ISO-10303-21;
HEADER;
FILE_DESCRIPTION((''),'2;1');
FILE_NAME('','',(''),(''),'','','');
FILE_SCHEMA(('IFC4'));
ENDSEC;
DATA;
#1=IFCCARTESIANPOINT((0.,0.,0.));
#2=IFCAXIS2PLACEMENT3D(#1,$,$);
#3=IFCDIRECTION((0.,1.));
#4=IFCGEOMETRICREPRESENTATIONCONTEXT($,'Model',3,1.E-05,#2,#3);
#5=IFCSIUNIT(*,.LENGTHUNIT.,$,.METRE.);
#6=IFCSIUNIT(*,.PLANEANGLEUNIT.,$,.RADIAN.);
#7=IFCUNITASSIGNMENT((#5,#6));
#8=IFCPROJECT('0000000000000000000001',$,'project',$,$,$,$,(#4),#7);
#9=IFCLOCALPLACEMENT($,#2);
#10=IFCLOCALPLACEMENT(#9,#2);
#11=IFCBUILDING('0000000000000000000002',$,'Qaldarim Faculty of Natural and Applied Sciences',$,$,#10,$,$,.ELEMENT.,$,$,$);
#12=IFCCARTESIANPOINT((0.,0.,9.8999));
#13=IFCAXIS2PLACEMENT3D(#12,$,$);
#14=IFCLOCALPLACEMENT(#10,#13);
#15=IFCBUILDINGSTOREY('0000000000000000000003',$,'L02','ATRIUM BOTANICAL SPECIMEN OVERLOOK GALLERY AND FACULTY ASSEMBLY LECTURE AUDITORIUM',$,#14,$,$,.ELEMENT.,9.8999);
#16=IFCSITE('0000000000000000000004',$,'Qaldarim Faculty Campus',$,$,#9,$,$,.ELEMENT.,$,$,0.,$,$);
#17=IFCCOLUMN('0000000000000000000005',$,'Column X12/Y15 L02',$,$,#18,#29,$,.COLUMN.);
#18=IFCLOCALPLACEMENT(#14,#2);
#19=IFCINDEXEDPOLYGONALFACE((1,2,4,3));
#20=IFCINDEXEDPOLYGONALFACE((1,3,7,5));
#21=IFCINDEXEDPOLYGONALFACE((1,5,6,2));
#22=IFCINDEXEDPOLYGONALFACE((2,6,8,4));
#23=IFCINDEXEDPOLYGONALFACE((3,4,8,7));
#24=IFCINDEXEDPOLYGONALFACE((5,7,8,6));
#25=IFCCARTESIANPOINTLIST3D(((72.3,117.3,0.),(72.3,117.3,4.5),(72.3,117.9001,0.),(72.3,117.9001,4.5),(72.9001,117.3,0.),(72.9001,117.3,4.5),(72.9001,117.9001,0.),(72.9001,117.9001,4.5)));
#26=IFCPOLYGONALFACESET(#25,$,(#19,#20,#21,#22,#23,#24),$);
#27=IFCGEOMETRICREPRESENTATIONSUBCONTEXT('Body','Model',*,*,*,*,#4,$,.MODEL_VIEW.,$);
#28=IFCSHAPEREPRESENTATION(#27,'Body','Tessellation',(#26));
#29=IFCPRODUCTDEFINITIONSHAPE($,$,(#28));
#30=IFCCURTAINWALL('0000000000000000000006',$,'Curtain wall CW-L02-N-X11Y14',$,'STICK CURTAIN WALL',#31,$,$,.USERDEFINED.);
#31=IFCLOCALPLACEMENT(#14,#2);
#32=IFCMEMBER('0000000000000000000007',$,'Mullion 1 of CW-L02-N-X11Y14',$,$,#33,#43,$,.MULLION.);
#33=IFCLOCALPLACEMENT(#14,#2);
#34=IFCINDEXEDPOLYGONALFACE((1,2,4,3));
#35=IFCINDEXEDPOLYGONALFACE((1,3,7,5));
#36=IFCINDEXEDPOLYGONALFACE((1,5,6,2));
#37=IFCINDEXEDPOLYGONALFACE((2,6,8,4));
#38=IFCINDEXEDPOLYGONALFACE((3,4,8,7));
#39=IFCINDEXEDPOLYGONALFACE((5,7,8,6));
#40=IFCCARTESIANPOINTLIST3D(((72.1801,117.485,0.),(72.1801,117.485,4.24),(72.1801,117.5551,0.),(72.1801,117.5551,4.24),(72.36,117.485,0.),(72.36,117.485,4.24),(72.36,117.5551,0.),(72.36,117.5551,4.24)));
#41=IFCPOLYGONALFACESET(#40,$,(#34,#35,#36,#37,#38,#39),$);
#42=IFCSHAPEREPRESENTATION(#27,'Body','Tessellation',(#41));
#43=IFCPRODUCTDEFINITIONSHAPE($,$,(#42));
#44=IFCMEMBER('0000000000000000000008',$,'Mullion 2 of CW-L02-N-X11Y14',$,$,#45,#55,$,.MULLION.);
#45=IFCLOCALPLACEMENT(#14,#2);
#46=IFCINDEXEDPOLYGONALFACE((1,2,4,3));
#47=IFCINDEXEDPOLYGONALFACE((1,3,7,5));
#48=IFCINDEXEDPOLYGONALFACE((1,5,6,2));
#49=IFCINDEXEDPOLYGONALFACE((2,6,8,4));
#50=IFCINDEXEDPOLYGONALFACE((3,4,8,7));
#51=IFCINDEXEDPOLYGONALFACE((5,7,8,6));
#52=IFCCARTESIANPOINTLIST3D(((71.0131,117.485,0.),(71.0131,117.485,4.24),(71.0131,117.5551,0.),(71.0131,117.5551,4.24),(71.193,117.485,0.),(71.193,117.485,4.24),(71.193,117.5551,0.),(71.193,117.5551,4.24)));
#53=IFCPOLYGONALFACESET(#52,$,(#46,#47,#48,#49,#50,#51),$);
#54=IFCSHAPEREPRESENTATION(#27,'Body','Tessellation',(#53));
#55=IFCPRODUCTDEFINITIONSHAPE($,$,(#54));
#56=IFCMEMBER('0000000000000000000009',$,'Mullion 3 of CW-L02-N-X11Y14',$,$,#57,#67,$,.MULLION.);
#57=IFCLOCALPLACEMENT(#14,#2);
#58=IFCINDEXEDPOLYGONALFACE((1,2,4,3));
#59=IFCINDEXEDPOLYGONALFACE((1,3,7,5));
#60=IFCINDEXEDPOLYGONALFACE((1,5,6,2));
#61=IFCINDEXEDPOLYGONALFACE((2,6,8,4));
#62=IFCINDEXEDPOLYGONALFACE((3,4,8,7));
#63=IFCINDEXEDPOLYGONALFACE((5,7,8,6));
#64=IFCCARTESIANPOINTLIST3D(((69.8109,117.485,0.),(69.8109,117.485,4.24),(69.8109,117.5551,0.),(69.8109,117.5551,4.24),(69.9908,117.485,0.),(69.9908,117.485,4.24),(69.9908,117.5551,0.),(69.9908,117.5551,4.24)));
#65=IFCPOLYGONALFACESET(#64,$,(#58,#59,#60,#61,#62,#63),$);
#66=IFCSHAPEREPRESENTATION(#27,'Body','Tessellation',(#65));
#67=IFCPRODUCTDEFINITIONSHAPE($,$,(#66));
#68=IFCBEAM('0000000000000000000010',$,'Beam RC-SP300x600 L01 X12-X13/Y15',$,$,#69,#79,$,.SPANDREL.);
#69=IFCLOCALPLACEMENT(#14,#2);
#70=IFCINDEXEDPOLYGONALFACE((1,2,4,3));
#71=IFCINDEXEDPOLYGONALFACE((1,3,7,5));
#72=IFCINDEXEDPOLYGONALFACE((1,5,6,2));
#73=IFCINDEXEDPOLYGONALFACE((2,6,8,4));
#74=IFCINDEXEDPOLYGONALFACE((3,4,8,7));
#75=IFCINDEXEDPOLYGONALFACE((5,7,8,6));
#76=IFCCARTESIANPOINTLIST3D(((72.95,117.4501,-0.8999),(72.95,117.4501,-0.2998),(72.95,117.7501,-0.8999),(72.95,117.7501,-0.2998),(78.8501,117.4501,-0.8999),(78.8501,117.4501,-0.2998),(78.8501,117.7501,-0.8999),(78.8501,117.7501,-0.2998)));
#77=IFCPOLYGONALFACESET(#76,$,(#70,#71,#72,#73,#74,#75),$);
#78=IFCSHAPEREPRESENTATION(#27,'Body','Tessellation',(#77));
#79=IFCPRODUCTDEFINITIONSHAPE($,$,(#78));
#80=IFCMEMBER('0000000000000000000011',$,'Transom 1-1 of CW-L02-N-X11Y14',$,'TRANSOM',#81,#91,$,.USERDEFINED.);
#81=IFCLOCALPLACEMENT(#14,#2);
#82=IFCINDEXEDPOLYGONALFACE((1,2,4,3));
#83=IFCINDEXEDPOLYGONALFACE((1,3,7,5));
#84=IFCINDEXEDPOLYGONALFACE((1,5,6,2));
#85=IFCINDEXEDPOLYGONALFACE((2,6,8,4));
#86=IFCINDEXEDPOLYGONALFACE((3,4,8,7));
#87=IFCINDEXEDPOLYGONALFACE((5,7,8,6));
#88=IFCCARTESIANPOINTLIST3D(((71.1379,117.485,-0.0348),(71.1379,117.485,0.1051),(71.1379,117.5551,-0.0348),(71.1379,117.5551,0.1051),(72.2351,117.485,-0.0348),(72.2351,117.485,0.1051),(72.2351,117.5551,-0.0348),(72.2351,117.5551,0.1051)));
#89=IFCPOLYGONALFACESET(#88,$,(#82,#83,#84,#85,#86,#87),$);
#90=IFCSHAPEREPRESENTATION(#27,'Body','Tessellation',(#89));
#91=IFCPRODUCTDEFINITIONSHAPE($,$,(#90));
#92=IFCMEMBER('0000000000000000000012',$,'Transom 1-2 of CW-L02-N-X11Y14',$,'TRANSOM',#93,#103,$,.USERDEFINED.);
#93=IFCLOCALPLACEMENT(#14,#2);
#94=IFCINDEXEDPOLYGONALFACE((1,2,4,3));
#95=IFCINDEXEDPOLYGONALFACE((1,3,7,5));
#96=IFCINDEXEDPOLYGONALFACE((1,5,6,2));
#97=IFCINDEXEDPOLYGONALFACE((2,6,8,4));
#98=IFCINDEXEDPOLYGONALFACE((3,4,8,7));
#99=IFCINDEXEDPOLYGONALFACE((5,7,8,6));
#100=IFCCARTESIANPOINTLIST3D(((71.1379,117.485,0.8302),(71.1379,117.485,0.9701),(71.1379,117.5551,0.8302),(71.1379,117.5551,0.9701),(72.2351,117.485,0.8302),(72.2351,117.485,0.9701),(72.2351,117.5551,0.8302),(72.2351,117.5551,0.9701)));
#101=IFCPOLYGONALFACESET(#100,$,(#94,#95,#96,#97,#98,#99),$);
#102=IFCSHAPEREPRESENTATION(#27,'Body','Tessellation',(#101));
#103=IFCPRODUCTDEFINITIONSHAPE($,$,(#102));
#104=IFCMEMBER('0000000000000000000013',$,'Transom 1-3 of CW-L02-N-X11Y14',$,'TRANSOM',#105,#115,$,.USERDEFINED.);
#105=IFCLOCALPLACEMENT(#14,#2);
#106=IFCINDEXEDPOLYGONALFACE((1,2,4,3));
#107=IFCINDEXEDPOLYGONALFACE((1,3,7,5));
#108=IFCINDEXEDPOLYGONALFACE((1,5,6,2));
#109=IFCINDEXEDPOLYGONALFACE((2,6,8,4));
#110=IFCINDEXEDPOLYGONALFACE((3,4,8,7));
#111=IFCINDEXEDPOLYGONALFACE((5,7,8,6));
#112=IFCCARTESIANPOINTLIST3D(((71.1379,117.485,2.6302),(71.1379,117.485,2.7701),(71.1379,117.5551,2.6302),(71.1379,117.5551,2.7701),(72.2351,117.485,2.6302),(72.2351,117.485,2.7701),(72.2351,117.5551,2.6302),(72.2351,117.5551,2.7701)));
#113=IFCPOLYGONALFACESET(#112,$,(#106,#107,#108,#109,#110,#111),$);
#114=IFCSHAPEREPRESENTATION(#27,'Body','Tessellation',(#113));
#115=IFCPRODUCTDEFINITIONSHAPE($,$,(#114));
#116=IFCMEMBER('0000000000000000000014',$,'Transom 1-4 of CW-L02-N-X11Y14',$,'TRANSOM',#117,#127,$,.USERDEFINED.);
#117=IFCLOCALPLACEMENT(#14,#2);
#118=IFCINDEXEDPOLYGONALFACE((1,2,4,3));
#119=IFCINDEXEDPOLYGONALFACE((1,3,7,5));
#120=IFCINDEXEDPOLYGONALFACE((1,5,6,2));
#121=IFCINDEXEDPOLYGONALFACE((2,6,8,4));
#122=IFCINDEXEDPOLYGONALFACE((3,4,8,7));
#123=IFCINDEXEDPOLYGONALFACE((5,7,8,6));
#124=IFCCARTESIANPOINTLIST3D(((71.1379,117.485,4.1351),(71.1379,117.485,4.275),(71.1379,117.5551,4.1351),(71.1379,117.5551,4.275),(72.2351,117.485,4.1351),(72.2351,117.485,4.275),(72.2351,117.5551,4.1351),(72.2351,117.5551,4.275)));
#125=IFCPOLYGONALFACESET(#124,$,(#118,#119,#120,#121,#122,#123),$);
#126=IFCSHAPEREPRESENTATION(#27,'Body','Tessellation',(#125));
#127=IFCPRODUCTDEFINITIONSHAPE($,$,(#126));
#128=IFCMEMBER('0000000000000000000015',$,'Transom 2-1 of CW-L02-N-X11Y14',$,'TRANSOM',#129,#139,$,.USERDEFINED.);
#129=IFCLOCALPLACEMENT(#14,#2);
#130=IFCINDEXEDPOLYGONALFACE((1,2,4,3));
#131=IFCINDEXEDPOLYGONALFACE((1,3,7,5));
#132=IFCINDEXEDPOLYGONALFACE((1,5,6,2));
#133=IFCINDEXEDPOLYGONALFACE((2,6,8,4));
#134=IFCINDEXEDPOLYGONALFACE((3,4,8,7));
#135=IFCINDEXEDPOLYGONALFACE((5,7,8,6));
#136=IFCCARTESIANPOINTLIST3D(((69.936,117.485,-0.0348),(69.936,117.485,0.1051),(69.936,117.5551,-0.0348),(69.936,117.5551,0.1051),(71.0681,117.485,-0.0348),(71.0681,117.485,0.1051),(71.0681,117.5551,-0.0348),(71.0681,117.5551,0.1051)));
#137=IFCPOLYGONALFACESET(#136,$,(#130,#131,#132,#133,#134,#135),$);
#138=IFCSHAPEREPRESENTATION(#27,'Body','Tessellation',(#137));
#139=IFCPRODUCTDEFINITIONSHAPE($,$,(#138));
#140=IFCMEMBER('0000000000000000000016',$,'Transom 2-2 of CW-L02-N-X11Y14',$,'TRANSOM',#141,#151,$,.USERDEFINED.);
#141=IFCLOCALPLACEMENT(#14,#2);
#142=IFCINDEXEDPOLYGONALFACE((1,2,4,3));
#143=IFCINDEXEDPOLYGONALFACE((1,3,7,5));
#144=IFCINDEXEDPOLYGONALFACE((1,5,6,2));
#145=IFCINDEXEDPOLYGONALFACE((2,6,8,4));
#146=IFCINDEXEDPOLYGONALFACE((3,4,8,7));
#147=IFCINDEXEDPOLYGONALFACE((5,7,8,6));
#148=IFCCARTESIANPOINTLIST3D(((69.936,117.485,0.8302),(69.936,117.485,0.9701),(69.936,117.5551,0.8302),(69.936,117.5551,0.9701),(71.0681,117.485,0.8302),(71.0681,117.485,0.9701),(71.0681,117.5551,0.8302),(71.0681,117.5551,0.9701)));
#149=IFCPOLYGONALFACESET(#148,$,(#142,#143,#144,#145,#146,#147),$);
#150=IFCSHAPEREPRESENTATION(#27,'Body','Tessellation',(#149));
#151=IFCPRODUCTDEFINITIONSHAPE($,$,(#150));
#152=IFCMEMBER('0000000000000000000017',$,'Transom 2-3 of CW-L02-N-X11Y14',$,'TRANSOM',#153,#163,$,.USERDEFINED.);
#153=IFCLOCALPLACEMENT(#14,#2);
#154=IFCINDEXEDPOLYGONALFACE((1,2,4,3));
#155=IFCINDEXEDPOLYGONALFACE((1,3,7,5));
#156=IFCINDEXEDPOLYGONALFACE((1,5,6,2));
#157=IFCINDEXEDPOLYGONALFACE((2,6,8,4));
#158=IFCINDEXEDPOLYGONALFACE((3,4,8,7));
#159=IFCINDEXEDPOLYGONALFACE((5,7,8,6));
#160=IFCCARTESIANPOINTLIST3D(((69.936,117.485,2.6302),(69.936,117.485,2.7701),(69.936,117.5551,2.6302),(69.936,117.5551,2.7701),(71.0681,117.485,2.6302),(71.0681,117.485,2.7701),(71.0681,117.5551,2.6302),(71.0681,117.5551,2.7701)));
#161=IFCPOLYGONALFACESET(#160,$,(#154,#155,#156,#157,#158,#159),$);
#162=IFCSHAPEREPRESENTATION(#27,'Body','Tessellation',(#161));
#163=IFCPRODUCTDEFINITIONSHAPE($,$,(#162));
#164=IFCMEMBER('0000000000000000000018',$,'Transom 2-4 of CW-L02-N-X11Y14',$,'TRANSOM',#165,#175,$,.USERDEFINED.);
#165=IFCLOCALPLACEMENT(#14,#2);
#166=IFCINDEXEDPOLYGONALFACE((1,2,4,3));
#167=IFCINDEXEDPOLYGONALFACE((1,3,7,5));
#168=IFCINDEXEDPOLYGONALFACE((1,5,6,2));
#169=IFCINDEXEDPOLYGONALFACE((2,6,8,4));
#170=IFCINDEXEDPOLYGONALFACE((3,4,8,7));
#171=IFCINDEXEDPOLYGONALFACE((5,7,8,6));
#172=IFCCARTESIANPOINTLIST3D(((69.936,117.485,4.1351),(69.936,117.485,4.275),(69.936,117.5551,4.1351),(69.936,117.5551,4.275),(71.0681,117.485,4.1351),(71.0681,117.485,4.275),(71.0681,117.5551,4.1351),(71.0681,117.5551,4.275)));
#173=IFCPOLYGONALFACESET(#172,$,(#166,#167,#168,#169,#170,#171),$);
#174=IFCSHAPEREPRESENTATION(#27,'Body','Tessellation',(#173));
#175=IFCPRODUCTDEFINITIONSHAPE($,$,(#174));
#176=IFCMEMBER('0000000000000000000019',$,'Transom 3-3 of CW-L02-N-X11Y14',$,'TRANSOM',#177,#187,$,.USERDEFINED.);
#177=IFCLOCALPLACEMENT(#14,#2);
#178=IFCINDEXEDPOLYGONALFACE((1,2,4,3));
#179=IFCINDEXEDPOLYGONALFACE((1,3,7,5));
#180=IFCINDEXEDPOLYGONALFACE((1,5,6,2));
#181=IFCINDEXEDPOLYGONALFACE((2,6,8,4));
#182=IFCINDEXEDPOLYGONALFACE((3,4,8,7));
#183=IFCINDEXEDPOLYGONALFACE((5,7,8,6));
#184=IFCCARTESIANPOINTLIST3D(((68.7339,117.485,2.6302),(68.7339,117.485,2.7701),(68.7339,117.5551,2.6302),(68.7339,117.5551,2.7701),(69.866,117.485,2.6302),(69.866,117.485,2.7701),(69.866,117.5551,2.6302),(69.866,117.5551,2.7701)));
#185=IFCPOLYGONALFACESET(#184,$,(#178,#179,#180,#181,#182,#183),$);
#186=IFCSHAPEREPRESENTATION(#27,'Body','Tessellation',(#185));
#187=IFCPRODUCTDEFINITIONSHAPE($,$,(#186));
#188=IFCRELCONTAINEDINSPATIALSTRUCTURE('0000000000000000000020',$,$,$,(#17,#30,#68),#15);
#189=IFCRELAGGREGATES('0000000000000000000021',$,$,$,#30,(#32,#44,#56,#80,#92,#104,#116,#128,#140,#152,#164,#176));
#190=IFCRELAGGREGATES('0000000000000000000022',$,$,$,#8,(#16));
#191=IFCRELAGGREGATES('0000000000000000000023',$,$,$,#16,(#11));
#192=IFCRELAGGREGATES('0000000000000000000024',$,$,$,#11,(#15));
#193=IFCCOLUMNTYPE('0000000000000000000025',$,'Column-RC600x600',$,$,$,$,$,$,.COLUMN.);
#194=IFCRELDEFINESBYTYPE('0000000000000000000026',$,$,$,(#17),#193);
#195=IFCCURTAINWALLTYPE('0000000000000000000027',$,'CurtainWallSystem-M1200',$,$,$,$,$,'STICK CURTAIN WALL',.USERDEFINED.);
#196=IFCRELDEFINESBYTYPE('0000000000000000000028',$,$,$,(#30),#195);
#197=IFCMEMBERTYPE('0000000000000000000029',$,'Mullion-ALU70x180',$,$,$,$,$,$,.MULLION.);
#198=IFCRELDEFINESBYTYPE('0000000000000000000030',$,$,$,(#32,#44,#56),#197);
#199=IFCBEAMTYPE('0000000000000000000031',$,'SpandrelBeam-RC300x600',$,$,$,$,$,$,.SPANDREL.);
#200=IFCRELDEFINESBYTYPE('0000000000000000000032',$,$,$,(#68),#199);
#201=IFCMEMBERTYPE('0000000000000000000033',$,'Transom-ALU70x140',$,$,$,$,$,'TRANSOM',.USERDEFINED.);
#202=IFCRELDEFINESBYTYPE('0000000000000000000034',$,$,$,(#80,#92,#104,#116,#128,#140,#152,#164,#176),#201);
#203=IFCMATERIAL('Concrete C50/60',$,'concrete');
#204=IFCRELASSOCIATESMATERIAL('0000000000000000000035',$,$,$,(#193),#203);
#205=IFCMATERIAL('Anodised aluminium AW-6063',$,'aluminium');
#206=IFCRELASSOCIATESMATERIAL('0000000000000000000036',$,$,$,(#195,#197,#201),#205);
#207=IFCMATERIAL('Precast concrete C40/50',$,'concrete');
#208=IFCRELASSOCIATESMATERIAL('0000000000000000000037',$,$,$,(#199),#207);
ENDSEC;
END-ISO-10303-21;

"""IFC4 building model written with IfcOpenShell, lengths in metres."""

from ifc_helpers import new_model, si_unit, direction, frame, origin, origin_2d, place, context, subcontext, project, spatial, rectangle, extrude, material, material_profile, profile_set, type_object, element, aggregate, save


model = new_model("IFC4")

# Units and contexts
model_context = context("Model", 3, precision=1e-05, world=origin(), true_north=direction((0.0, 1.0)))
body_context = subcontext(model_context, "Body", "Model", "MODEL_VIEW")
ifc_project = project(units=[si_unit("LENGTHUNIT", "METRE"), si_unit("PLANEANGLEUNIT", "RADIAN")], contexts=[model_context])

# Site, building, storey
site_placement = place(None, origin())
site = spatial("IfcSite", under=ifc_project, at=site_placement, Name="Qaldarim Faculty Campus", CompositionType="ELEMENT", RefElevation=0.0)
building_placement = place(site_placement, origin())
building = spatial("IfcBuilding", under=site, at=building_placement, Name="Qaldarim Faculty of Natural and Applied Sciences", CompositionType="ELEMENT")
storey_placement = place(building_placement, frame((0.0, 0.0, 9.8999)))
storey = spatial("IfcBuildingStorey", under=building, at=storey_placement, Name="L02", Description="ATRIUM BOTANICAL SPECIMEN OVERLOOK GALLERY AND FACULTY ASSEMBLY LECTURE AUDITORIUM", CompositionType="ELEMENT", Elevation=9.8999)

# Column
ifc_material_1 = material(Name="Concrete C50/60", Category="concrete")
ifc_material_profile_1 = material_profile(ifc_material_1, rectangle(XDim=0.6001, YDim=0.6001, at=origin_2d()), Name="RC-C600x600")
ifc_profile_set_1 = profile_set([ifc_material_profile_1], Name="Concrete C50/60")
column_type = type_object("IfcColumnType", Name="Column-RC600x600", PredefinedType="COLUMN", material=ifc_profile_set_1)
column_placement = place(storey_placement, frame((72.6001, 117.6001, 0.0), z_axis=(0.0, 0.0, 1.0), x_axis=(1.0, 0.0, 0.0)))
element("IfcColumn", 1, at=column_placement, inside=storey, type_object=column_type, Name="Column X12/Y15 L02", PredefinedType="COLUMN", context=body_context, shape_type="SweptSolid", body=[
    extrude(rectangle(XDim=0.6001, YDim=0.6001, at=origin_2d()), origin(), (0.0, 0.0, 1.0), 4.5),
])

# Curtain wall, members
ifc_material_2 = material(Name="Anodised aluminium AW-6063", Category="aluminium")
curtain_wall_type = type_object("IfcCurtainWallType", Name="CurtainWallSystem-M1200", ElementType="STICK CURTAIN WALL", PredefinedType="USERDEFINED", material=ifc_material_2)
curtain_wall_placement = place(storey_placement, origin())
curtain_wall = element("IfcCurtainWall", 2, at=curtain_wall_placement, inside=storey, type_object=curtain_wall_type, Name="Curtain wall CW-L02-N-X11Y14", ObjectType="STICK CURTAIN WALL", PredefinedType="USERDEFINED")
ifc_material_profile_2 = material_profile(ifc_material_2, rectangle(XDim=0.0701, YDim=0.1799, at=origin_2d()), Name="ALU-M70x180")
ifc_profile_set_2 = profile_set([ifc_material_profile_2], Name="Anodised aluminium AW-6063")
member_type_1 = type_object("IfcMemberType", Name="Mullion-ALU70x180", PredefinedType="MULLION", material=ifc_profile_set_2)
member_1_placement = place(storey_placement, frame((72.27, 117.52, 0.0), z_axis=(0.0, 0.0, 1.0), x_axis=(0.0, -1.0, 0.0)))
member_1 = element("IfcMember", 3, at=member_1_placement, type_object=member_type_1, Name="Mullion 1 of CW-L02-N-X11Y14", PredefinedType="MULLION", context=body_context, shape_type="SweptSolid", body=[
    extrude(rectangle(XDim=0.0701, YDim=0.1799, at=origin_2d()), origin(), (0.0, 0.0, 1.0), 4.24),
])
member_2_placement = place(storey_placement, frame((71.103, 117.52, 0.0), z_axis=(0.0, 0.0, 1.0), x_axis=(0.0, -1.0, 0.0)))
member_2 = element("IfcMember", 4, at=member_2_placement, type_object=member_type_1, Name="Mullion 2 of CW-L02-N-X11Y14", PredefinedType="MULLION", context=body_context, shape_type="SweptSolid", body=[
    extrude(rectangle(XDim=0.0701, YDim=0.1799, at=origin_2d()), origin(), (0.0, 0.0, 1.0), 4.24),
])
member_3_placement = place(storey_placement, frame((69.9009, 117.52, 0.0), z_axis=(0.0, 0.0, 1.0), x_axis=(0.0, -1.0, 0.0)))
member_3 = element("IfcMember", 5, at=member_3_placement, type_object=member_type_1, Name="Mullion 3 of CW-L02-N-X11Y14", PredefinedType="MULLION", context=body_context, shape_type="SweptSolid", body=[
    extrude(rectangle(XDim=0.0701, YDim=0.1799, at=origin_2d()), origin(), (0.0, 0.0, 1.0), 4.24),
])

# Beam
ifc_material_3 = material(Name="Precast concrete C40/50", Category="concrete")
ifc_material_profile_3 = material_profile(ifc_material_3, rectangle(XDim=0.3, YDim=0.6001, at=origin_2d()), Name="RC-SP300x600")
ifc_profile_set_3 = profile_set([ifc_material_profile_3], Name="Precast concrete C40/50")
beam_type = type_object("IfcBeamType", Name="SpandrelBeam-RC300x600", PredefinedType="SPANDREL", material=ifc_profile_set_3)
beam_placement = place(storey_placement, frame((72.95, 117.6001, -0.5999), z_axis=(1.0, 0.0, 0.0), x_axis=(0.0, 1.0, 0.0)))
element("IfcBeam", 6, at=beam_placement, inside=storey, type_object=beam_type, Name="Beam RC-SP300x600 L01 X12-X13/Y15", PredefinedType="SPANDREL", context=body_context, shape_type="SweptSolid", body=[
    extrude(rectangle(XDim=0.3, YDim=0.6001, at=origin_2d()), origin(), (0.0, 0.0, 1.0), 5.9001),
])

# Members
ifc_material_profile_4 = material_profile(ifc_material_2, rectangle(XDim=0.0701, YDim=0.1399, at=origin_2d()), Name="ALU-T70x140")
ifc_profile_set_4 = profile_set([ifc_material_profile_4], Name="Anodised aluminium AW-6063")
member_type_2 = type_object("IfcMemberType", Name="Transom-ALU70x140", ElementType="TRANSOM", PredefinedType="USERDEFINED", material=ifc_profile_set_4)
member_4_placement = place(storey_placement, frame((72.2351, 117.52, 0.0352), z_axis=(-1.0, 0.0, 0.0), x_axis=(0.0, -1.0, 0.0)))
member_4 = element("IfcMember", 7, at=member_4_placement, type_object=member_type_2, Name="Transom 1-1 of CW-L02-N-X11Y14", ObjectType="TRANSOM", PredefinedType="USERDEFINED", context=body_context, shape_type="SweptSolid", body=[
    extrude(rectangle(XDim=0.0701, YDim=0.1399, at=origin_2d()), origin(), (0.0, 0.0, 1.0), 1.0972),
])
member_5_placement = place(storey_placement, frame((72.2351, 117.52, 0.9001), z_axis=(-1.0, 0.0, 0.0), x_axis=(0.0, -1.0, 0.0)))
member_5 = element("IfcMember", 8, at=member_5_placement, type_object=member_type_2, Name="Transom 1-2 of CW-L02-N-X11Y14", ObjectType="TRANSOM", PredefinedType="USERDEFINED", context=body_context, shape_type="SweptSolid", body=[
    extrude(rectangle(XDim=0.0701, YDim=0.1399, at=origin_2d()), origin(), (0.0, 0.0, 1.0), 1.0972),
])
member_6_placement = place(storey_placement, frame((72.2351, 117.52, 2.7002), z_axis=(-1.0, 0.0, 0.0), x_axis=(0.0, -1.0, 0.0)))
member_6 = element("IfcMember", 9, at=member_6_placement, type_object=member_type_2, Name="Transom 1-3 of CW-L02-N-X11Y14", ObjectType="TRANSOM", PredefinedType="USERDEFINED", context=body_context, shape_type="SweptSolid", body=[
    extrude(rectangle(XDim=0.0701, YDim=0.1399, at=origin_2d()), origin(), (0.0, 0.0, 1.0), 1.0972),
])
member_7_placement = place(storey_placement, frame((72.2351, 117.52, 4.2051), z_axis=(-1.0, 0.0, 0.0), x_axis=(0.0, -1.0, 0.0)))
member_7 = element("IfcMember", 10, at=member_7_placement, type_object=member_type_2, Name="Transom 1-4 of CW-L02-N-X11Y14", ObjectType="TRANSOM", PredefinedType="USERDEFINED", context=body_context, shape_type="SweptSolid", body=[
    extrude(rectangle(XDim=0.0701, YDim=0.1399, at=origin_2d()), origin(), (0.0, 0.0, 1.0), 1.0972),
])
member_8_placement = place(storey_placement, frame((71.0681, 117.52, 0.0352), z_axis=(-1.0, 0.0, 0.0), x_axis=(0.0, -1.0, 0.0)))
member_8 = element("IfcMember", 11, at=member_8_placement, type_object=member_type_2, Name="Transom 2-1 of CW-L02-N-X11Y14", ObjectType="TRANSOM", PredefinedType="USERDEFINED", context=body_context, shape_type="SweptSolid", body=[
    extrude(rectangle(XDim=0.0701, YDim=0.1399, at=origin_2d()), origin(), (0.0, 0.0, 1.0), 1.1321),
])
member_9_placement = place(storey_placement, frame((71.0681, 117.52, 0.9001), z_axis=(-1.0, 0.0, 0.0), x_axis=(0.0, -1.0, 0.0)))
member_9 = element("IfcMember", 12, at=member_9_placement, type_object=member_type_2, Name="Transom 2-2 of CW-L02-N-X11Y14", ObjectType="TRANSOM", PredefinedType="USERDEFINED", context=body_context, shape_type="SweptSolid", body=[
    extrude(rectangle(XDim=0.0701, YDim=0.1399, at=origin_2d()), origin(), (0.0, 0.0, 1.0), 1.1321),
])
member_10_placement = place(storey_placement, frame((71.0681, 117.52, 2.7002), z_axis=(-1.0, 0.0, 0.0), x_axis=(0.0, -1.0, 0.0)))
member_10 = element("IfcMember", 13, at=member_10_placement, type_object=member_type_2, Name="Transom 2-3 of CW-L02-N-X11Y14", ObjectType="TRANSOM", PredefinedType="USERDEFINED", context=body_context, shape_type="SweptSolid", body=[
    extrude(rectangle(XDim=0.0701, YDim=0.1399, at=origin_2d()), origin(), (0.0, 0.0, 1.0), 1.1321),
])
member_11_placement = place(storey_placement, frame((71.0681, 117.52, 4.2051), z_axis=(-1.0, 0.0, 0.0), x_axis=(0.0, -1.0, 0.0)))
member_11 = element("IfcMember", 14, at=member_11_placement, type_object=member_type_2, Name="Transom 2-4 of CW-L02-N-X11Y14", ObjectType="TRANSOM", PredefinedType="USERDEFINED", context=body_context, shape_type="SweptSolid", body=[
    extrude(rectangle(XDim=0.0701, YDim=0.1399, at=origin_2d()), origin(), (0.0, 0.0, 1.0), 1.1321),
])
member_12_placement = place(storey_placement, frame((69.866, 117.52, 2.7002), z_axis=(-1.0, 0.0, 0.0), x_axis=(0.0, -1.0, 0.0)))
member_12 = element("IfcMember", 15, at=member_12_placement, type_object=member_type_2, Name="Transom 3-3 of CW-L02-N-X11Y14", ObjectType="TRANSOM", PredefinedType="USERDEFINED", context=body_context, shape_type="SweptSolid", body=[
    extrude(rectangle(XDim=0.0701, YDim=0.1399, at=origin_2d()), origin(), (0.0, 0.0, 1.0), 1.1321),
])

aggregate(curtain_wall, [member_1, member_2, member_3, member_4, member_5, member_6, member_7, member_8, member_9, member_10, member_11, member_12])

save(model, "model.ifc")
